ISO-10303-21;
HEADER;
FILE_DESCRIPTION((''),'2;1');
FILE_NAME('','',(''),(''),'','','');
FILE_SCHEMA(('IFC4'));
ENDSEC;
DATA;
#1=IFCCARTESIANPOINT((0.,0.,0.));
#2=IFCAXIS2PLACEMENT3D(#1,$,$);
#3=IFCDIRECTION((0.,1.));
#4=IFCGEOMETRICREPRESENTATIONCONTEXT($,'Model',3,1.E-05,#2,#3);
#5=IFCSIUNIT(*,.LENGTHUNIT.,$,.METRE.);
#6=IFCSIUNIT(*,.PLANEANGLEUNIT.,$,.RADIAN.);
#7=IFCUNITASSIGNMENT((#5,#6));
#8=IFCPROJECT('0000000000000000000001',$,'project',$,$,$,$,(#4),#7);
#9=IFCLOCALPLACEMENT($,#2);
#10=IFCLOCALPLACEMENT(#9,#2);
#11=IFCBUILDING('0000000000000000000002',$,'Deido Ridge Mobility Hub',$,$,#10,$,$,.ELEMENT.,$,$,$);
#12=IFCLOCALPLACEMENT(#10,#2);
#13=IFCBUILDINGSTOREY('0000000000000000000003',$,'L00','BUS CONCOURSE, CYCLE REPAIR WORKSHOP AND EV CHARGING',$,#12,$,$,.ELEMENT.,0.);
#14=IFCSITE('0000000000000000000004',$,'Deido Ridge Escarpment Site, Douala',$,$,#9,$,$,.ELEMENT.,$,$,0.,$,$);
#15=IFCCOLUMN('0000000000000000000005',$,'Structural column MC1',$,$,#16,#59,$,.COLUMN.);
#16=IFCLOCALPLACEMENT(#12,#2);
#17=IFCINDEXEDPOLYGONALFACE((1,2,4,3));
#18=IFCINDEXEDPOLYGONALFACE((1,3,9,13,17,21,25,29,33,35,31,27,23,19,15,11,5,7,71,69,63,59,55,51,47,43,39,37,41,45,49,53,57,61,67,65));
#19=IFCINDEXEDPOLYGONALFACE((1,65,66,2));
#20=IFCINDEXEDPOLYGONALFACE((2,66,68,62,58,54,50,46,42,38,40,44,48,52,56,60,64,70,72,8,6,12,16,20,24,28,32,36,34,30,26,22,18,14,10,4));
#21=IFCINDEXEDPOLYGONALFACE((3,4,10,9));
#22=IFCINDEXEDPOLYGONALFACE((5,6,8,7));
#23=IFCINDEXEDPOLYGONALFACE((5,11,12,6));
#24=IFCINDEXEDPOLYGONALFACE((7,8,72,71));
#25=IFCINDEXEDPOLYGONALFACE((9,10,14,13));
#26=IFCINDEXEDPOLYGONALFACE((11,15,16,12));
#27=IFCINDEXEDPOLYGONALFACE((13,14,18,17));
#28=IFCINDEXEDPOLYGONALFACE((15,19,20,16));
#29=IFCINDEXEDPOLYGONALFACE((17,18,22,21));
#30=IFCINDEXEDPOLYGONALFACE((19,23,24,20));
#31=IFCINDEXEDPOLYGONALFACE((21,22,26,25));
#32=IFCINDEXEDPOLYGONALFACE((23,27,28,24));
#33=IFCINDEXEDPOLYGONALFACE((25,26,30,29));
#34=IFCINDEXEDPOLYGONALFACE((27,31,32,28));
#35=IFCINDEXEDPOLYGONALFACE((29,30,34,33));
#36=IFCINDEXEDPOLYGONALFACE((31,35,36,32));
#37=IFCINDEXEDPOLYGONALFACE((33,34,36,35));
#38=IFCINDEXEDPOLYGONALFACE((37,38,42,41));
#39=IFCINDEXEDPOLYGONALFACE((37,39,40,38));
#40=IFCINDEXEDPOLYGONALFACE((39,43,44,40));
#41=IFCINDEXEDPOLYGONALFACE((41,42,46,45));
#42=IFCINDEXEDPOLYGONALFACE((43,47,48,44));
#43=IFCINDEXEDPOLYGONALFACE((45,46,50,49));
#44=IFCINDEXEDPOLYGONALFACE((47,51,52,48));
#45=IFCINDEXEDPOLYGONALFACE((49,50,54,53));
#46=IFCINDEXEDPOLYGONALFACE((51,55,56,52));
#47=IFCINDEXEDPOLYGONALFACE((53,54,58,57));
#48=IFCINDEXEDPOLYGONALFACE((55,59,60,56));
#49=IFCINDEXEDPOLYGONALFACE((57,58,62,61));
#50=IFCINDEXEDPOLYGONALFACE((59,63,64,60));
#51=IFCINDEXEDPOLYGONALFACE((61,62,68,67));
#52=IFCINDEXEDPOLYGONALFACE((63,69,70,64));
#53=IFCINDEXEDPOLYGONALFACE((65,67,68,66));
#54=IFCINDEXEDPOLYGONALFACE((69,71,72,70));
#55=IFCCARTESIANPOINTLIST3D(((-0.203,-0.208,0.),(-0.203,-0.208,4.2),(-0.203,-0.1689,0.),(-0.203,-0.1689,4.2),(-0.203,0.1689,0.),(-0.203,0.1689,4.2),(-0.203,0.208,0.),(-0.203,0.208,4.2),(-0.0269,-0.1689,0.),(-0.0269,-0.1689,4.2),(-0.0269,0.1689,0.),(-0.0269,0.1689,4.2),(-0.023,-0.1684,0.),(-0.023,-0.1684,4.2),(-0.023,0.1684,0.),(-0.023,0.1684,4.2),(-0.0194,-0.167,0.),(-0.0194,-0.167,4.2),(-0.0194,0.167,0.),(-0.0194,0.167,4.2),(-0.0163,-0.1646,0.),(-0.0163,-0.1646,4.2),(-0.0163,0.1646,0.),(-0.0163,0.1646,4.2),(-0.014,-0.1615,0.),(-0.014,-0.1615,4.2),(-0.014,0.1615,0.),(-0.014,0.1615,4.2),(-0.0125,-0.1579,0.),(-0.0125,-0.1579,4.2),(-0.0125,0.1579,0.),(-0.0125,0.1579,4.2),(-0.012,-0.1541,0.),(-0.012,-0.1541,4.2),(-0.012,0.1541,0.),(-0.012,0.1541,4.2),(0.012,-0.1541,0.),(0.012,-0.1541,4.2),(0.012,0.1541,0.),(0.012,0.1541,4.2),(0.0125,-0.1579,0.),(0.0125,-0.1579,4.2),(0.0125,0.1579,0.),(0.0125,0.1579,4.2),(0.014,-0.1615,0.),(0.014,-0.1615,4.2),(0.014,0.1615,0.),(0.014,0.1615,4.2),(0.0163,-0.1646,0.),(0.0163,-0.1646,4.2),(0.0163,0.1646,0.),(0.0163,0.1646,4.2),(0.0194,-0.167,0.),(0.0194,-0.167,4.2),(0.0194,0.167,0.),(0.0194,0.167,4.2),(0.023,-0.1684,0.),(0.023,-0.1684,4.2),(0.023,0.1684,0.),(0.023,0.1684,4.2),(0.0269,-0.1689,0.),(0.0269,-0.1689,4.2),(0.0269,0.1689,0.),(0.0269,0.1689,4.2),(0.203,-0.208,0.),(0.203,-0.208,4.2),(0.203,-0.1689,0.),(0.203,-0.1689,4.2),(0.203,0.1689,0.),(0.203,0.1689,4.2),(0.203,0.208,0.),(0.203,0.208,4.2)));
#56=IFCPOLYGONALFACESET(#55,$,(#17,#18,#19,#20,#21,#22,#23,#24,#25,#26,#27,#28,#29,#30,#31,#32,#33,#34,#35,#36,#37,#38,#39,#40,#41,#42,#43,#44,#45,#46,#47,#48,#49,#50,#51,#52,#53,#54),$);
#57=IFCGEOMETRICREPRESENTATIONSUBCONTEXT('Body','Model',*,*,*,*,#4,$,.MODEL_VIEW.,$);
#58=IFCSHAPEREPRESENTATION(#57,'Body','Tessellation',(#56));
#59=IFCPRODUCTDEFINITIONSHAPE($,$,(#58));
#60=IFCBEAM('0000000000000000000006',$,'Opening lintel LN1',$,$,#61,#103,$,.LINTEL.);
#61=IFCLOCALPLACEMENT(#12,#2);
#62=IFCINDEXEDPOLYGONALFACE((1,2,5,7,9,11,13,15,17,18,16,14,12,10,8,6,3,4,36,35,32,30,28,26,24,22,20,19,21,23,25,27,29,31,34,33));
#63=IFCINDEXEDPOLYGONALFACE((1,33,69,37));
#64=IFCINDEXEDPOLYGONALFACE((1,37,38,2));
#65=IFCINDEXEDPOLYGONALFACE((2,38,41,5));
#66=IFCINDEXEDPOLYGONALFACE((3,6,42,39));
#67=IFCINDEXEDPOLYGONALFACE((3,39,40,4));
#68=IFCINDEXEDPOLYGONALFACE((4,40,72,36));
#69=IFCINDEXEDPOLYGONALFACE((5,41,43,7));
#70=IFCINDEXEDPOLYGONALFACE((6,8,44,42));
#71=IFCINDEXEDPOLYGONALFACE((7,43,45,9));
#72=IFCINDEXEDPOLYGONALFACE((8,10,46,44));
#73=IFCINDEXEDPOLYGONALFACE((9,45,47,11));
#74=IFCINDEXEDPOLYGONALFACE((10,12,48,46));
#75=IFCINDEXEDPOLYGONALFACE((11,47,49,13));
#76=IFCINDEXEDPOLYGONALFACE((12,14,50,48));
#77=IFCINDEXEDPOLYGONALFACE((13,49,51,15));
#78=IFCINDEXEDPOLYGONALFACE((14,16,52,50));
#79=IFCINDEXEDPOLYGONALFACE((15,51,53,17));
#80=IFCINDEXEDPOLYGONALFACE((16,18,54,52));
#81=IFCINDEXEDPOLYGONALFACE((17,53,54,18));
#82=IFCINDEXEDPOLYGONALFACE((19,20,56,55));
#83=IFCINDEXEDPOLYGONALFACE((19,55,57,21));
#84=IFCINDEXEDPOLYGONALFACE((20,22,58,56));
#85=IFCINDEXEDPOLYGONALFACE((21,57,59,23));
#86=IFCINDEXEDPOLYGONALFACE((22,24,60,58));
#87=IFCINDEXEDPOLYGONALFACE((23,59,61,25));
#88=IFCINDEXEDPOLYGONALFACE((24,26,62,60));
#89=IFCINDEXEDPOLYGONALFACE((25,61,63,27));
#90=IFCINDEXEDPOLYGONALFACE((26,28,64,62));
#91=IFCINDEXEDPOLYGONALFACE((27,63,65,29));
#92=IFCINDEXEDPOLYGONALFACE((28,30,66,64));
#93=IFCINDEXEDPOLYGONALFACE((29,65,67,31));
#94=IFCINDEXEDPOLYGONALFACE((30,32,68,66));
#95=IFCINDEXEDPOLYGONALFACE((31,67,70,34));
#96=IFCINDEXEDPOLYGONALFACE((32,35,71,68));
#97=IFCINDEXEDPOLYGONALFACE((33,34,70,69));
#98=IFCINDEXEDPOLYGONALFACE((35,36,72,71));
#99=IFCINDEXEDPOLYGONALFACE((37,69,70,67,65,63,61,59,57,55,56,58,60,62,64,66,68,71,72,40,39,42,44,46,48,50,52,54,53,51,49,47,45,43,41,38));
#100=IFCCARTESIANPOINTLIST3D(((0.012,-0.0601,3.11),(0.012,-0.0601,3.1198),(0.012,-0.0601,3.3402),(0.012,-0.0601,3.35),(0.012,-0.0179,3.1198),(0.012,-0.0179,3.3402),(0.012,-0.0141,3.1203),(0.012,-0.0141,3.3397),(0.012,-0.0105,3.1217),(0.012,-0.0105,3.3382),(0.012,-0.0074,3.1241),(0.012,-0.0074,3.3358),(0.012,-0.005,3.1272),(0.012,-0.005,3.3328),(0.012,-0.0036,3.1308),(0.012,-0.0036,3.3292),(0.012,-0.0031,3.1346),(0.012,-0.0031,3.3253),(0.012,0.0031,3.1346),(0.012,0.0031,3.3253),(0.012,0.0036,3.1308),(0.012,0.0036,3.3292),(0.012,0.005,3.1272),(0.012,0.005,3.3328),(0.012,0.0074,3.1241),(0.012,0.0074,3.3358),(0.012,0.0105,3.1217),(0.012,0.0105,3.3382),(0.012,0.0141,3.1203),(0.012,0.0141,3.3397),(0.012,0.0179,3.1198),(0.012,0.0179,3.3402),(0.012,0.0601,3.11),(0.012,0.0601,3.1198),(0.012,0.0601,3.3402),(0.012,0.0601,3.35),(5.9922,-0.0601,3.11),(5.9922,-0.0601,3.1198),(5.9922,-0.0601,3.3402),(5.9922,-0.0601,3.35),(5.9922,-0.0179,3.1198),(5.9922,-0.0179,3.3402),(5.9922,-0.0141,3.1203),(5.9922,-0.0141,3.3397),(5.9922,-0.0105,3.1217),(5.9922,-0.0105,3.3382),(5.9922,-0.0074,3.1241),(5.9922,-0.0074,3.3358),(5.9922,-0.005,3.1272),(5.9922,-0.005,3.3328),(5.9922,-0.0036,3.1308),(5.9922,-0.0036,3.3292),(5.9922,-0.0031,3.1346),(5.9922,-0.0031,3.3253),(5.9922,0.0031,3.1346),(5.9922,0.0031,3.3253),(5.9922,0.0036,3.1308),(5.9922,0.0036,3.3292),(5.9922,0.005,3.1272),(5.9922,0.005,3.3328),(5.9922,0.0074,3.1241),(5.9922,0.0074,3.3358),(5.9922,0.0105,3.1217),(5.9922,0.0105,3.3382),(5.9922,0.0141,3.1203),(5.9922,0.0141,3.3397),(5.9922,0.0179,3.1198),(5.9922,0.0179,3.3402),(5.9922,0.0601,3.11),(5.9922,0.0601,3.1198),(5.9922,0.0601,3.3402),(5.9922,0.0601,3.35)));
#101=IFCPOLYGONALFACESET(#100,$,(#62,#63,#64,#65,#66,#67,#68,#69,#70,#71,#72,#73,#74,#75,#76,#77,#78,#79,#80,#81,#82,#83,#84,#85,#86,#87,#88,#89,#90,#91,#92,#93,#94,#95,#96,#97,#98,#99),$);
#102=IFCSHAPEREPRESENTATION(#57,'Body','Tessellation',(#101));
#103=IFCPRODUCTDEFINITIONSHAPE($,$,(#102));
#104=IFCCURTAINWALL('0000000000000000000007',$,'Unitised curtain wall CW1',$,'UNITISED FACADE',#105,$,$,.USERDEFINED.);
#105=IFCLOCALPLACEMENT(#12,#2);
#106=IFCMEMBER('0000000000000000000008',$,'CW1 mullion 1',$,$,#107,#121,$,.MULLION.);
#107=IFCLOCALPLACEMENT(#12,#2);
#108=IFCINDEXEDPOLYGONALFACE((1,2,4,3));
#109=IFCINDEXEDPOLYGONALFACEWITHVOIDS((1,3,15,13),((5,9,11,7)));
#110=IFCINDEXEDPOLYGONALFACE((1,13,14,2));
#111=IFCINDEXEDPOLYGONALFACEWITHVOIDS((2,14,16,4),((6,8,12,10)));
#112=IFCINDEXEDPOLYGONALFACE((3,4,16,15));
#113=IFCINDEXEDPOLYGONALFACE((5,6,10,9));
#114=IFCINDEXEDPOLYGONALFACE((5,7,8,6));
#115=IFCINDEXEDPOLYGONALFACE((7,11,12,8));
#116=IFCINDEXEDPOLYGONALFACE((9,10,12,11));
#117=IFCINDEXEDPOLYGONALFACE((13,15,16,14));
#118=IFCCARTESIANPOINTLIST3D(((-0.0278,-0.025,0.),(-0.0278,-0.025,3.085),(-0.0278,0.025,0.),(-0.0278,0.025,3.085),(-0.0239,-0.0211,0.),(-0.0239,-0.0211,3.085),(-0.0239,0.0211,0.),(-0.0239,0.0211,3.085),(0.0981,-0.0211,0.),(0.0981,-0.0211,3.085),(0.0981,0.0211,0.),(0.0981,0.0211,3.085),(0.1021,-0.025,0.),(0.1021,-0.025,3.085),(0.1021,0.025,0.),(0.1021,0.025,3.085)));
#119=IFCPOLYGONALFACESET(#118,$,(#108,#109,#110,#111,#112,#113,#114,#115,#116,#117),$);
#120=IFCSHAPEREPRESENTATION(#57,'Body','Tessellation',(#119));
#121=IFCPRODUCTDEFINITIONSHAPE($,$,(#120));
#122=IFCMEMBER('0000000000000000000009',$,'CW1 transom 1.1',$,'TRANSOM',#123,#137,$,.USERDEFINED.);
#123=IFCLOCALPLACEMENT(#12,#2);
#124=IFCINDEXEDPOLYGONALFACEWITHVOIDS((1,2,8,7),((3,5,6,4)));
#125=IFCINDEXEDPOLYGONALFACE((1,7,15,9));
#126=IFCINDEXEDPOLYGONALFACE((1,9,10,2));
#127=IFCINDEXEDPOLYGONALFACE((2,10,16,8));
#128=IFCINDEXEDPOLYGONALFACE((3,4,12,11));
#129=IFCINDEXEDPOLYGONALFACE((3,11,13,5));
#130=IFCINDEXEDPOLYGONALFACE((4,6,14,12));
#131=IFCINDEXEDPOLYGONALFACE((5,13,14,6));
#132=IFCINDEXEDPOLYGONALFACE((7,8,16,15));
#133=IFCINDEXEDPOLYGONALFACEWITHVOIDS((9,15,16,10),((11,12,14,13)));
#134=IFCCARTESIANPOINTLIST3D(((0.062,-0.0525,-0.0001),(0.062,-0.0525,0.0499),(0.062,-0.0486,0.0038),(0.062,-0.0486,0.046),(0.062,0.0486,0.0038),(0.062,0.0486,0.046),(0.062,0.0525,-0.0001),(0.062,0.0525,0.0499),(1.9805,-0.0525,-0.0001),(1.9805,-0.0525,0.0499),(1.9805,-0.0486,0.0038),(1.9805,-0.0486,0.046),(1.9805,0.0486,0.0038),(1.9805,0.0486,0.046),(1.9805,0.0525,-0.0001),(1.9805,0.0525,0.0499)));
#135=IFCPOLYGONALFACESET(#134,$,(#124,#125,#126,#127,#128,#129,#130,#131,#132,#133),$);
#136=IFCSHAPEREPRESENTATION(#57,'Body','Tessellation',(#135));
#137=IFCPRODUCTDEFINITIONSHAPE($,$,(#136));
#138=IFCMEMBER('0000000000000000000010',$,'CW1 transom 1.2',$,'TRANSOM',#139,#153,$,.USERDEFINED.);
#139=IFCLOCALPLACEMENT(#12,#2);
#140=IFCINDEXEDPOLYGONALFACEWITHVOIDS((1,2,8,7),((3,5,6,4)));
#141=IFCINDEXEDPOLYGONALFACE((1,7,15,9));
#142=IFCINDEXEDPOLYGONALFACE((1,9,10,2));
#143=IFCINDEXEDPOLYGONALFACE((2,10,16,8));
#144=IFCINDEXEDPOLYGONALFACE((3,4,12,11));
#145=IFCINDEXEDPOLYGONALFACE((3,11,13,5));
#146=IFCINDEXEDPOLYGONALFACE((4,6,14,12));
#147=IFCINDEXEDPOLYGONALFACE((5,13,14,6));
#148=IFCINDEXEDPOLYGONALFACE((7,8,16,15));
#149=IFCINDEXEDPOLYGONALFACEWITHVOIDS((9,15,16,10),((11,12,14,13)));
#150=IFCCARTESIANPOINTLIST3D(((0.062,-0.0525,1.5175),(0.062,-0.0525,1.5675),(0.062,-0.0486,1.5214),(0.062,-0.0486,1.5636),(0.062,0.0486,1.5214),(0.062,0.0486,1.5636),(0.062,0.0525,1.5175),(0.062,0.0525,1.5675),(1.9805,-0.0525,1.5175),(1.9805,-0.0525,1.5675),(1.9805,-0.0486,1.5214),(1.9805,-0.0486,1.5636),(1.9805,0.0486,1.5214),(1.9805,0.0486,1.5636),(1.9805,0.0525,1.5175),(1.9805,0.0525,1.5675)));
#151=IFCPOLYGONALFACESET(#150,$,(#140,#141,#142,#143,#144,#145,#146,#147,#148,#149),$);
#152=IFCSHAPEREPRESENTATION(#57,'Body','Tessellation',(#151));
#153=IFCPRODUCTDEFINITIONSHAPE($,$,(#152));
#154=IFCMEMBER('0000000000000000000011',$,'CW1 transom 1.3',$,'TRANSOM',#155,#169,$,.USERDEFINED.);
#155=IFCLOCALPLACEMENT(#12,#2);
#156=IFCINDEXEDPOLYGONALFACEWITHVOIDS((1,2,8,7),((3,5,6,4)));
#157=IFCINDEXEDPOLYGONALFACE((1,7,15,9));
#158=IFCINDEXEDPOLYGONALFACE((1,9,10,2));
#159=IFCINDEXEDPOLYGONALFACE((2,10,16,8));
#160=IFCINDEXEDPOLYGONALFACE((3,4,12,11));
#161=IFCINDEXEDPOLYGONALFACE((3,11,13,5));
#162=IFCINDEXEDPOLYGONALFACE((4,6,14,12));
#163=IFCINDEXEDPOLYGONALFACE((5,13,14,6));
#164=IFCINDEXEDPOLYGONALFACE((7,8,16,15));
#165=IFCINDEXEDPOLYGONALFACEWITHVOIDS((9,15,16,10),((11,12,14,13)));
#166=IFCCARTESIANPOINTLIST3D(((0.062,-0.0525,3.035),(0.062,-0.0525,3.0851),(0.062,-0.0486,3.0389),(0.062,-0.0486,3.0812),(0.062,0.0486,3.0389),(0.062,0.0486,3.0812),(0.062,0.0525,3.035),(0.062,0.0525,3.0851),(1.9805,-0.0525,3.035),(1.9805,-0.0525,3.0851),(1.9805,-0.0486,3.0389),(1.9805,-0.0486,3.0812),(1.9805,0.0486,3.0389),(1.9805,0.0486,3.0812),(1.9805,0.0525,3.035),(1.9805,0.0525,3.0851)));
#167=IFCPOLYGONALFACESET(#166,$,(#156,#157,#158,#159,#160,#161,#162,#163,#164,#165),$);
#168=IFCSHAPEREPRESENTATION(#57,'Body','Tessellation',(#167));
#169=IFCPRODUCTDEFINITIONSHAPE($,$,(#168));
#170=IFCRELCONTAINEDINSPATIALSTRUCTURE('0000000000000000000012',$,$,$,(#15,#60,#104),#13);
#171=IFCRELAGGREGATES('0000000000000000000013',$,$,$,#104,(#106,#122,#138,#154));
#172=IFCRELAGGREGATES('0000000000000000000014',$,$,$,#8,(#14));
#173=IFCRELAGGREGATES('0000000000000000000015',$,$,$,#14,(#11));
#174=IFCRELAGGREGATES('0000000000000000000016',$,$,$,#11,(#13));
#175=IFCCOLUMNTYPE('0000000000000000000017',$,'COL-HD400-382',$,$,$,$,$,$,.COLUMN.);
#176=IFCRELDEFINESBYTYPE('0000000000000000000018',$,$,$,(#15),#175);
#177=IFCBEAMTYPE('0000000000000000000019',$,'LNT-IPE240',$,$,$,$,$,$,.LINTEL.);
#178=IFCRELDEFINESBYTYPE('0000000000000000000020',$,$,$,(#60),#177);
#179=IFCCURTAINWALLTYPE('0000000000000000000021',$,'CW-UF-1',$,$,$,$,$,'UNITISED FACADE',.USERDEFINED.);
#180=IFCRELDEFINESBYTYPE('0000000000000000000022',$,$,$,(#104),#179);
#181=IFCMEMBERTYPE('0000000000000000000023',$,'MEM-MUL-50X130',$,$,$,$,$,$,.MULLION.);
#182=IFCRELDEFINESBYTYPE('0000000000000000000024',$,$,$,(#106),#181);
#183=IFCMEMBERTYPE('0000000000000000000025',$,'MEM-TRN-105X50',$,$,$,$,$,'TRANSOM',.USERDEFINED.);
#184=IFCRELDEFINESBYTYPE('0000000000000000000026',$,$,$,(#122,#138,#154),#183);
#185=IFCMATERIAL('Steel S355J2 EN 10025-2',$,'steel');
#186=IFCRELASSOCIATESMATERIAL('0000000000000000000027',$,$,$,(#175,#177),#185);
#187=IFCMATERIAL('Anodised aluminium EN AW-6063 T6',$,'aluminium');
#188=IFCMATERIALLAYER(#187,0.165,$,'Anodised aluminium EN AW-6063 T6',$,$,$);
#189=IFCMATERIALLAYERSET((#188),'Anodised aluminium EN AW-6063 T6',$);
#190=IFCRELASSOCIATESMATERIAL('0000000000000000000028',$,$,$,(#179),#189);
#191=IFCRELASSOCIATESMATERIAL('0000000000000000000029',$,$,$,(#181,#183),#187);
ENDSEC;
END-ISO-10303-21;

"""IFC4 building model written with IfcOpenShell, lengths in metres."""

from ifc_helpers import new_model, si_unit, direction, frame, origin, origin_with_axes, origin_2d, place, context, subcontext, project, spatial, hollow_rectangle, i_section, extrude, material, layer, layer_set, material_profile, profile_set, type_object, element, aggregate, save


model = new_model("IFC4")

# Units and contexts
model_context = context("Model", 3, precision=1e-05, world=origin(), true_north=direction((0.0, 1.0)))
body_context = subcontext(model_context, "Body", "Model", "MODEL_VIEW")
ifc_project = project(units=[si_unit("LENGTHUNIT", "METRE"), si_unit("PLANEANGLEUNIT", "RADIAN")], contexts=[model_context])

# Site, building, storey
site_placement = place(None, origin())
site = spatial("IfcSite", under=ifc_project, at=site_placement, Name="Deido Ridge Escarpment Site, Douala", CompositionType="ELEMENT", RefElevation=0.0)
building_placement = place(site_placement, origin())
building = spatial("IfcBuilding", under=site, at=building_placement, Name="Deido Ridge Mobility Hub", CompositionType="ELEMENT")
storey_placement = place(building_placement, origin())
storey = spatial("IfcBuildingStorey", under=building, at=storey_placement, Name="L00", Description="BUS CONCOURSE, CYCLE REPAIR WORKSHOP AND EV CHARGING", CompositionType="ELEMENT", Elevation=0.0)

# Column
ifc_material_1 = material(Name="Steel S355J2 EN 10025-2", Category="steel")
ifc_material_profile_1 = material_profile(ifc_material_1, i_section(OverallWidth=0.406, OverallDepth=0.416, WebThickness=0.0239, FlangeThickness=0.0391, FilletRadius=0.0149, at=origin_2d()), Name="HD 400x382")
ifc_profile_set_1 = profile_set([ifc_material_profile_1], Name="Steel S355J2 EN 10025-2")
column_type = type_object("IfcColumnType", Name="COL-HD400-382", PredefinedType="COLUMN", material=ifc_profile_set_1)
column_placement = place(storey_placement, origin_with_axes())
element("IfcColumn", 1, at=column_placement, inside=storey, type_object=column_type, Name="Structural column MC1", PredefinedType="COLUMN", context=body_context, shape_type="SweptSolid", body=[
    extrude(i_section(OverallWidth=0.406, OverallDepth=0.416, WebThickness=0.0239, FlangeThickness=0.0391, FilletRadius=0.0149, at=origin_2d()), origin(), (0.0, 0.0, 1.0), 4.2),
])

# Beam
ifc_material_profile_2 = material_profile(ifc_material_1, i_section(OverallWidth=0.1201, OverallDepth=0.24, WebThickness=0.0061, FlangeThickness=0.0098, FilletRadius=0.0149, at=origin_2d()), Name="IPE 240")
ifc_profile_set_2 = profile_set([ifc_material_profile_2], Name="Steel S355J2 EN 10025-2")
beam_type_1 = type_object("IfcBeamType", Name="LNT-IPE240", PredefinedType="LINTEL", material=ifc_profile_set_2)
beam_1_placement = place(storey_placement, frame((0.012, 0.0, 3.23), z_axis=(1.0, 0.0, 0.0), x_axis=(0.0, 1.0, 0.0)))
element("IfcBeam", 2, at=beam_1_placement, inside=storey, type_object=beam_type_1, Name="Opening lintel LN1", PredefinedType="LINTEL", context=body_context, shape_type="SweptSolid", body=[
    extrude(i_section(OverallWidth=0.1201, OverallDepth=0.24, WebThickness=0.0061, FlangeThickness=0.0098, FilletRadius=0.0149, at=origin_2d()), origin(), (0.0, 0.0, 1.0), 5.9802),
])

# Curtain wall, members
ifc_material_2 = material(Name="Anodised aluminium EN AW-6063 T6", Category="aluminium")
ifc_layer_1 = layer(ifc_material_2, 0.165, Name="Anodised aluminium EN AW-6063 T6")
ifc_layer_set_1 = layer_set([ifc_layer_1], Name="Anodised aluminium EN AW-6063 T6")
curtain_wall_type = type_object("IfcCurtainWallType", Name="CW-UF-1", ElementType="UNITISED FACADE", PredefinedType="USERDEFINED", material=ifc_layer_set_1)
curtain_wall_placement = place(storey_placement, origin())
curtain_wall = element("IfcCurtainWall", 3, at=curtain_wall_placement, inside=storey, type_object=curtain_wall_type, Name="Unitised curtain wall CW1", ObjectType="UNITISED FACADE", PredefinedType="USERDEFINED")
ifc_material_profile_3 = material_profile(ifc_material_2, hollow_rectangle(XDim=0.05, YDim=0.1299, WallThickness=0.0039, at=origin_2d()), Name="RHS 50x130x4")
ifc_profile_set_3 = profile_set([ifc_material_profile_3], Name="Anodised aluminium EN AW-6063 T6")
member_type_1 = type_object("IfcMemberType", Name="MEM-MUL-50X130", PredefinedType="MULLION", material=ifc_profile_set_3)
member_1_placement = place(storey_placement, frame((0.0371, 0.0, 0.0), z_axis=(0.0, 0.0, 1.0), x_axis=(0.0, 1.0, 0.0)))
member_1 = element("IfcMember", 4, at=member_1_placement, type_object=member_type_1, Name="CW1 mullion 1", PredefinedType="MULLION", context=body_context, shape_type="SweptSolid", body=[
    extrude(hollow_rectangle(XDim=0.05, YDim=0.1299, WallThickness=0.0039, at=origin_2d()), origin(), (0.0, 0.0, 1.0), 3.085),
])
ifc_material_profile_4 = material_profile(ifc_material_2, hollow_rectangle(XDim=0.105, YDim=0.05, WallThickness=0.0039, at=origin_2d()), Name="RHS 105x50x4")
ifc_profile_set_4 = profile_set([ifc_material_profile_4], Name="Anodised aluminium EN AW-6063 T6")
member_type_2 = type_object("IfcMemberType", Name="MEM-TRN-105X50", ElementType="TRANSOM", PredefinedType="USERDEFINED", material=ifc_profile_set_4)
member_2_placement = place(storey_placement, frame((0.062, 0.0, 0.0249), z_axis=(1.0, 0.0, 0.0), x_axis=(0.0, 1.0, 0.0)))
member_2 = element("IfcMember", 5, at=member_2_placement, type_object=member_type_2, Name="CW1 transom 1.1", ObjectType="TRANSOM", PredefinedType="USERDEFINED", context=body_context, shape_type="SweptSolid", body=[
    extrude(hollow_rectangle(XDim=0.105, YDim=0.05, WallThickness=0.0039, at=origin_2d()), origin(), (0.0, 0.0, 1.0), 1.9185),
])
member_3_placement = place(storey_placement, frame((0.062, 0.0, 1.5425), z_axis=(1.0, 0.0, 0.0), x_axis=(0.0, 1.0, 0.0)))
member_3 = element("IfcMember", 6, at=member_3_placement, type_object=member_type_2, Name="CW1 transom 1.2", ObjectType="TRANSOM", PredefinedType="USERDEFINED", context=body_context, shape_type="SweptSolid", body=[
    extrude(hollow_rectangle(XDim=0.105, YDim=0.05, WallThickness=0.0039, at=origin_2d()), origin(), (0.0, 0.0, 1.0), 1.9185),
])
member_4_placement = place(storey_placement, frame((0.062, 0.0, 3.0601), z_axis=(1.0, 0.0, 0.0), x_axis=(0.0, 1.0, 0.0)))
member_4 = element("IfcMember", 7, at=member_4_placement, type_object=member_type_2, Name="CW1 transom 1.3", ObjectType="TRANSOM", PredefinedType="USERDEFINED", context=body_context, shape_type="SweptSolid", body=[
    extrude(hollow_rectangle(XDim=0.105, YDim=0.05, WallThickness=0.0039, at=origin_2d()), origin(), (0.0, 0.0, 1.0), 1.9185),
])
aggregate(curtain_wall, [member_1, member_2, member_3, member_4])

save(model, "model.ifc")
